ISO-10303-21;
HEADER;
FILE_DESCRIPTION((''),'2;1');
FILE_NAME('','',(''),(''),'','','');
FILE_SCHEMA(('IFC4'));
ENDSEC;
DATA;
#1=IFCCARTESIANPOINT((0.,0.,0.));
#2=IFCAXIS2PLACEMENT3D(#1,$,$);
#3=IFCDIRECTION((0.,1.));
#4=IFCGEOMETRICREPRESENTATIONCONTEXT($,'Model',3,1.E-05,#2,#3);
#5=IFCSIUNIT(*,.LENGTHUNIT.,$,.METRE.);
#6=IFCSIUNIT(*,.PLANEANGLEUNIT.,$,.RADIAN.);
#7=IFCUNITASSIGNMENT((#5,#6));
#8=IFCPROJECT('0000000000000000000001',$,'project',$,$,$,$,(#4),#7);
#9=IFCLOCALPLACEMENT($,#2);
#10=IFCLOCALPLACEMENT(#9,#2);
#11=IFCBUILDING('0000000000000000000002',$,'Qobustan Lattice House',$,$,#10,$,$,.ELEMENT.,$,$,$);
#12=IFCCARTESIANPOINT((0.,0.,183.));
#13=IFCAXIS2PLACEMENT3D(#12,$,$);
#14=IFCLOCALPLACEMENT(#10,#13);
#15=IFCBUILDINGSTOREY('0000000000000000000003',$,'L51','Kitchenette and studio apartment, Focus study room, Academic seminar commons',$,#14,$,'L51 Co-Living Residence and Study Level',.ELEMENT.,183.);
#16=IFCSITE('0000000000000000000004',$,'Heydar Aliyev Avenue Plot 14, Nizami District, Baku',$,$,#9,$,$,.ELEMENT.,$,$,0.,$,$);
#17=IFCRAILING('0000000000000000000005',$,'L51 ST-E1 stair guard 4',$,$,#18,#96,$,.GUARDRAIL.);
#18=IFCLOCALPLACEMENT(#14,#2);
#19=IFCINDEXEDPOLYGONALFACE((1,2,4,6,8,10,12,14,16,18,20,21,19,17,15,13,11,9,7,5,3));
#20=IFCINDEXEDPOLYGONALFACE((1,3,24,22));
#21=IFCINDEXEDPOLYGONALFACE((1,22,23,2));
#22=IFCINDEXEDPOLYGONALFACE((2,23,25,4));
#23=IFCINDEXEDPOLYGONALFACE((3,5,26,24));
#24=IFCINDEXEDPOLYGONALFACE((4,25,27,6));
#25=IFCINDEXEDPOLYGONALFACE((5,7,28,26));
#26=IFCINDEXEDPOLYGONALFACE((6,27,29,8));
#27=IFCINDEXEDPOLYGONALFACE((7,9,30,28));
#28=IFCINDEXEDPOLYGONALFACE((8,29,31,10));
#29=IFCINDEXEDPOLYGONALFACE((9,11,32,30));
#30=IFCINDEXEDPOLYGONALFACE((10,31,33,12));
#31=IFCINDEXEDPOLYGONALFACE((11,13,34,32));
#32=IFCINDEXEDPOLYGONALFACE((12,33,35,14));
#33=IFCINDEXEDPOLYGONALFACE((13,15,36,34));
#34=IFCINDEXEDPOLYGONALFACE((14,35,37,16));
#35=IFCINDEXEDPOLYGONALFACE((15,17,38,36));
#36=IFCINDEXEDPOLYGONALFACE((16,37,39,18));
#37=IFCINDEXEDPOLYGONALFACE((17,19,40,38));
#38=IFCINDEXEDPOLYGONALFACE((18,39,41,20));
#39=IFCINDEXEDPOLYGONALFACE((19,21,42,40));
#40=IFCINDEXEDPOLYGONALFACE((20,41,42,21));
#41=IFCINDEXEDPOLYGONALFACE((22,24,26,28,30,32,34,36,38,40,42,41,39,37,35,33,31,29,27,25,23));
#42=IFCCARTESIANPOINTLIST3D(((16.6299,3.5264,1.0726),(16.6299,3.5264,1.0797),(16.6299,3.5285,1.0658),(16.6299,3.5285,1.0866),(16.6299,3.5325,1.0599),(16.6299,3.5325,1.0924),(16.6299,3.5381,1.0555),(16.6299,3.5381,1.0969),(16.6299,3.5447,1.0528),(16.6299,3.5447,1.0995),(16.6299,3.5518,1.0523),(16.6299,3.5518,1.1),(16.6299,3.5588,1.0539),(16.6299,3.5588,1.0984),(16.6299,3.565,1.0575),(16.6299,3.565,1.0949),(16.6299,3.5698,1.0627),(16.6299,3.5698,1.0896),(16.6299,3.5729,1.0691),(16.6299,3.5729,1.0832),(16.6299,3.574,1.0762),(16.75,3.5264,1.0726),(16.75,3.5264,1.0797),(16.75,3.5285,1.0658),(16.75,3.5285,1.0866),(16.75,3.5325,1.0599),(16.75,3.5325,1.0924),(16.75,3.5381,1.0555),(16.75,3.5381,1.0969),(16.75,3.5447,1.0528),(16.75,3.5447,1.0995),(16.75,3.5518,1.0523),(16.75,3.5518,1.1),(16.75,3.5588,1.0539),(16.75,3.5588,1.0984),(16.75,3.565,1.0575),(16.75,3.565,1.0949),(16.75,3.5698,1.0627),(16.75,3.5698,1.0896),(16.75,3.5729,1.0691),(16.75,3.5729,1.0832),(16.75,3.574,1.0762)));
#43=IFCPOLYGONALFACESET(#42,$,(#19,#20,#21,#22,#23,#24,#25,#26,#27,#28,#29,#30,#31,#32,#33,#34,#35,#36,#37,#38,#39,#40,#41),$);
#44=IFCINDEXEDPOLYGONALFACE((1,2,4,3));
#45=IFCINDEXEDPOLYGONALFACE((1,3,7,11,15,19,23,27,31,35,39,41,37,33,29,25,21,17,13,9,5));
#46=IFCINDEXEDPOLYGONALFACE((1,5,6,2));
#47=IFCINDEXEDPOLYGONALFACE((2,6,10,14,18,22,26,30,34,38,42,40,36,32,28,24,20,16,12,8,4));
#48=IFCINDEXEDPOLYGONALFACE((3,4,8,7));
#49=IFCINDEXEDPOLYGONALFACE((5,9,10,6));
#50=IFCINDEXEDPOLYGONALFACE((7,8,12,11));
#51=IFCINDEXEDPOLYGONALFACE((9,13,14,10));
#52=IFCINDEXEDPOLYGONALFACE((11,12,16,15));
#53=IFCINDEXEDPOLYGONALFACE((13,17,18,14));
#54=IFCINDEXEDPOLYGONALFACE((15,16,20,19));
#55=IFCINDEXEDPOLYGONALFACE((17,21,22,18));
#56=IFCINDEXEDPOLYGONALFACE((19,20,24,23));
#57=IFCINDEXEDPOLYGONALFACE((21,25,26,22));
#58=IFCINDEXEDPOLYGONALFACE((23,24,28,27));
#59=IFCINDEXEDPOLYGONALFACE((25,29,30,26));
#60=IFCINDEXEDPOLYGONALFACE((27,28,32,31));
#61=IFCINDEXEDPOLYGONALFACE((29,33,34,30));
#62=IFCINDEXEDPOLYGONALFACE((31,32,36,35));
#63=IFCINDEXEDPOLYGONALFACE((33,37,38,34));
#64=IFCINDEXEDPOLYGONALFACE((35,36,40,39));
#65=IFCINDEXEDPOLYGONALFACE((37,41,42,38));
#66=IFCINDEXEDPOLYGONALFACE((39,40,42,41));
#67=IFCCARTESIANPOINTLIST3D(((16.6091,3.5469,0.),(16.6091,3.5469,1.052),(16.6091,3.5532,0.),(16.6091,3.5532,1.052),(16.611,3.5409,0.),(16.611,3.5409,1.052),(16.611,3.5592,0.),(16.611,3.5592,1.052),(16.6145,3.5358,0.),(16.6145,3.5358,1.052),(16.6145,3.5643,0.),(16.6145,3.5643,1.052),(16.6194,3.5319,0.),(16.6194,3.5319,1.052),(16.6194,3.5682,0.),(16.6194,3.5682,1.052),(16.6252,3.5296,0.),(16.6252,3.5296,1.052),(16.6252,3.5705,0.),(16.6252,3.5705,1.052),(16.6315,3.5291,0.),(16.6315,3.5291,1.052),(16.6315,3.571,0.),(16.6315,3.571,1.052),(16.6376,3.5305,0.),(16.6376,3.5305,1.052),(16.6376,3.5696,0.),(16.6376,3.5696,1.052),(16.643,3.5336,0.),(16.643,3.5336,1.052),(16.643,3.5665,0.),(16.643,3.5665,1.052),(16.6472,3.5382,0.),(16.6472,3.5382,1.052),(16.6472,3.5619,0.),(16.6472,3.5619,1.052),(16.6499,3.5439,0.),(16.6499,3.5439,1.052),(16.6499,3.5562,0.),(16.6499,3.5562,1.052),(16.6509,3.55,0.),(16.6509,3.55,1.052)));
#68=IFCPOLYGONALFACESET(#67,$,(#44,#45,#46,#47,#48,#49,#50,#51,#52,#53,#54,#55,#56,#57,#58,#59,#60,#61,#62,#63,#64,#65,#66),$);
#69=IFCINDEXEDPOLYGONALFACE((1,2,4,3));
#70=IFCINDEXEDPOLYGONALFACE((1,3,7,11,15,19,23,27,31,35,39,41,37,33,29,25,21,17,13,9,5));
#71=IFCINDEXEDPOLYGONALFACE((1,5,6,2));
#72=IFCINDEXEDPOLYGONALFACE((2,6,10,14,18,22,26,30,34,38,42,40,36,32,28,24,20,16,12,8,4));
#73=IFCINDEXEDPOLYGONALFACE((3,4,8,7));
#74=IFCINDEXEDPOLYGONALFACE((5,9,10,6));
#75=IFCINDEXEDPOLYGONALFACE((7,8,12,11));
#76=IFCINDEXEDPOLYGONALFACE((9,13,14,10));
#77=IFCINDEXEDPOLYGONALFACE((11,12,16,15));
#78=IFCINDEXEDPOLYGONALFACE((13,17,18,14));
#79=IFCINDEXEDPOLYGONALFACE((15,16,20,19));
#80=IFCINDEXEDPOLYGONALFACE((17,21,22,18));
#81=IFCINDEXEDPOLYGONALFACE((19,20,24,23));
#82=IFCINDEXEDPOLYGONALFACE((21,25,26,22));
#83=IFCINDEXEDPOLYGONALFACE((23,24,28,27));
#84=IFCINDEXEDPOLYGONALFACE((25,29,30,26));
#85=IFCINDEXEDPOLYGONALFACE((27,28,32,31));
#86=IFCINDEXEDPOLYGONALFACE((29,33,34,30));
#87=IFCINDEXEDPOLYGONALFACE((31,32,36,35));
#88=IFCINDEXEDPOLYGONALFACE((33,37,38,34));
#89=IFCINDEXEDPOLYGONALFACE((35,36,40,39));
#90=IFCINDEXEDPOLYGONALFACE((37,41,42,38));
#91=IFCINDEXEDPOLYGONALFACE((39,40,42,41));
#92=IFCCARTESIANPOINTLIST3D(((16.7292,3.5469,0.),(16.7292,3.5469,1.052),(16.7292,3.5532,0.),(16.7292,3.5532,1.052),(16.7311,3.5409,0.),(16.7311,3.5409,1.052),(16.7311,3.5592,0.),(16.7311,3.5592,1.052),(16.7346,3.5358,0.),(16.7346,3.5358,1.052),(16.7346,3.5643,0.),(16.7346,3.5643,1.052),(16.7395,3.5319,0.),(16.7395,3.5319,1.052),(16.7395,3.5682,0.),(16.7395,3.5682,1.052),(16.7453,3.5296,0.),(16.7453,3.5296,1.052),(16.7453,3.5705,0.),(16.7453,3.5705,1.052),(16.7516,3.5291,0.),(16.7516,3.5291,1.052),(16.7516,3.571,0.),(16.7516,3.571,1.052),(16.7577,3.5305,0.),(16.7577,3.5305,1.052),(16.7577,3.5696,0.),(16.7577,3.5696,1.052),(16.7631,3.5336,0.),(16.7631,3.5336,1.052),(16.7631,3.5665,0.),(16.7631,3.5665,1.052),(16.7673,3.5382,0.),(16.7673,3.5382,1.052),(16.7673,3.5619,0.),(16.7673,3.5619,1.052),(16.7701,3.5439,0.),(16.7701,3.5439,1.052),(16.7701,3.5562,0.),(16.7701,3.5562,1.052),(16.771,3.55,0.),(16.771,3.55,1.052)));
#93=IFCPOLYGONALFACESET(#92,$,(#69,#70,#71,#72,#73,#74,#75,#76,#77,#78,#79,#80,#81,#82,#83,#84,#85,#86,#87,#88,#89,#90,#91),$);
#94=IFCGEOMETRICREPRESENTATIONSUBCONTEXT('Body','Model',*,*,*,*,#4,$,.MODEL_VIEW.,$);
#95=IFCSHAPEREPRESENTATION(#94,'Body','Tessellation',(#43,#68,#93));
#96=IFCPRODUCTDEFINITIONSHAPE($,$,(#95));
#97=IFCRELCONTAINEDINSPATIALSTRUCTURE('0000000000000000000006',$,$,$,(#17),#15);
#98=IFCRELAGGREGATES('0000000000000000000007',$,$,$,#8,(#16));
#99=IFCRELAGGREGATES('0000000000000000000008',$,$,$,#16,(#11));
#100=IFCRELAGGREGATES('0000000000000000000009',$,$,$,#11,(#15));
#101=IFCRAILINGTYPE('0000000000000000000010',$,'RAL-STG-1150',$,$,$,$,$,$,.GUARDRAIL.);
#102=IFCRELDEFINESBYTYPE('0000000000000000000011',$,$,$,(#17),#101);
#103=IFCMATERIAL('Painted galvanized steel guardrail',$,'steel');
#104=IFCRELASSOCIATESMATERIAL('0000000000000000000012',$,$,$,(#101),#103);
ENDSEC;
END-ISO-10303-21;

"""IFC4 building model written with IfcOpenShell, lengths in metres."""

from ifc_helpers import new_model, si_unit, direction, frame, origin, origin_2d, place, context, subcontext, project, spatial, circle, extrude, material, type_object, element, save


model = new_model("IFC4")

# Units and contexts
model_context = context("Model", 3, precision=1e-05, world=origin(), true_north=direction((0.0, 1.0)))
body_context = subcontext(model_context, "Body", "Model", "MODEL_VIEW")
ifc_project = project(units=[si_unit("LENGTHUNIT", "METRE"), si_unit("PLANEANGLEUNIT", "RADIAN")], contexts=[model_context])

# Site, building, storey
site_placement = place(None, origin())
site = spatial("IfcSite", under=ifc_project, at=site_placement, Name="Heydar Aliyev Avenue Plot 14, Nizami District, Baku", CompositionType="ELEMENT", RefElevation=0.0)
building_placement = place(site_placement, origin())
building = spatial("IfcBuilding", under=site, at=building_placement, Name="Qobustan Lattice House", CompositionType="ELEMENT")
storey_placement = place(building_placement, frame((0.0, 0.0, 183.0)))
storey = spatial("IfcBuildingStorey", under=building, at=storey_placement, Name="L51", Description="Kitchenette and studio apartment, Focus study room, Academic seminar commons", LongName="L51 Co-Living Residence and Study Level", CompositionType="ELEMENT", Elevation=183.0)

# Railing
ifc_material_1 = material(Name="Painted galvanized steel guardrail", Category="steel")
railing_type_1 = type_object("IfcRailingType", Name="RAL-STG-1150", PredefinedType="GUARDRAIL", material=ifc_material_1)
railing_1_placement = place(storey_placement, frame((16.6299, 3.55, 0.0)))
element("IfcRailing", 1, at=railing_1_placement, inside=storey, type_object=railing_type_1, Name="L51 ST-E1 stair guard 4", PredefinedType="GUARDRAIL", context=body_context, shape_type="SweptSolid", body=[
    extrude(circle(Radius=0.0239, at=origin_2d()), frame((0.0, 0.0, 1.0762), z_axis=(1.0, 0.0, 0.0), x_axis=(0.0, 1.0, 0.0)), (0.0, 0.0, 1.0), 0.1201),
    extrude(circle(Radius=0.021, at=origin_2d()), origin(), (0.0, 0.0, 1.0), 1.052),
    extrude(circle(Radius=0.021, at=origin_2d()), frame((0.1201, 0.0, 0.0)), (0.0, 0.0, 1.0), 1.052),
])

save(model, "model.ifc")
